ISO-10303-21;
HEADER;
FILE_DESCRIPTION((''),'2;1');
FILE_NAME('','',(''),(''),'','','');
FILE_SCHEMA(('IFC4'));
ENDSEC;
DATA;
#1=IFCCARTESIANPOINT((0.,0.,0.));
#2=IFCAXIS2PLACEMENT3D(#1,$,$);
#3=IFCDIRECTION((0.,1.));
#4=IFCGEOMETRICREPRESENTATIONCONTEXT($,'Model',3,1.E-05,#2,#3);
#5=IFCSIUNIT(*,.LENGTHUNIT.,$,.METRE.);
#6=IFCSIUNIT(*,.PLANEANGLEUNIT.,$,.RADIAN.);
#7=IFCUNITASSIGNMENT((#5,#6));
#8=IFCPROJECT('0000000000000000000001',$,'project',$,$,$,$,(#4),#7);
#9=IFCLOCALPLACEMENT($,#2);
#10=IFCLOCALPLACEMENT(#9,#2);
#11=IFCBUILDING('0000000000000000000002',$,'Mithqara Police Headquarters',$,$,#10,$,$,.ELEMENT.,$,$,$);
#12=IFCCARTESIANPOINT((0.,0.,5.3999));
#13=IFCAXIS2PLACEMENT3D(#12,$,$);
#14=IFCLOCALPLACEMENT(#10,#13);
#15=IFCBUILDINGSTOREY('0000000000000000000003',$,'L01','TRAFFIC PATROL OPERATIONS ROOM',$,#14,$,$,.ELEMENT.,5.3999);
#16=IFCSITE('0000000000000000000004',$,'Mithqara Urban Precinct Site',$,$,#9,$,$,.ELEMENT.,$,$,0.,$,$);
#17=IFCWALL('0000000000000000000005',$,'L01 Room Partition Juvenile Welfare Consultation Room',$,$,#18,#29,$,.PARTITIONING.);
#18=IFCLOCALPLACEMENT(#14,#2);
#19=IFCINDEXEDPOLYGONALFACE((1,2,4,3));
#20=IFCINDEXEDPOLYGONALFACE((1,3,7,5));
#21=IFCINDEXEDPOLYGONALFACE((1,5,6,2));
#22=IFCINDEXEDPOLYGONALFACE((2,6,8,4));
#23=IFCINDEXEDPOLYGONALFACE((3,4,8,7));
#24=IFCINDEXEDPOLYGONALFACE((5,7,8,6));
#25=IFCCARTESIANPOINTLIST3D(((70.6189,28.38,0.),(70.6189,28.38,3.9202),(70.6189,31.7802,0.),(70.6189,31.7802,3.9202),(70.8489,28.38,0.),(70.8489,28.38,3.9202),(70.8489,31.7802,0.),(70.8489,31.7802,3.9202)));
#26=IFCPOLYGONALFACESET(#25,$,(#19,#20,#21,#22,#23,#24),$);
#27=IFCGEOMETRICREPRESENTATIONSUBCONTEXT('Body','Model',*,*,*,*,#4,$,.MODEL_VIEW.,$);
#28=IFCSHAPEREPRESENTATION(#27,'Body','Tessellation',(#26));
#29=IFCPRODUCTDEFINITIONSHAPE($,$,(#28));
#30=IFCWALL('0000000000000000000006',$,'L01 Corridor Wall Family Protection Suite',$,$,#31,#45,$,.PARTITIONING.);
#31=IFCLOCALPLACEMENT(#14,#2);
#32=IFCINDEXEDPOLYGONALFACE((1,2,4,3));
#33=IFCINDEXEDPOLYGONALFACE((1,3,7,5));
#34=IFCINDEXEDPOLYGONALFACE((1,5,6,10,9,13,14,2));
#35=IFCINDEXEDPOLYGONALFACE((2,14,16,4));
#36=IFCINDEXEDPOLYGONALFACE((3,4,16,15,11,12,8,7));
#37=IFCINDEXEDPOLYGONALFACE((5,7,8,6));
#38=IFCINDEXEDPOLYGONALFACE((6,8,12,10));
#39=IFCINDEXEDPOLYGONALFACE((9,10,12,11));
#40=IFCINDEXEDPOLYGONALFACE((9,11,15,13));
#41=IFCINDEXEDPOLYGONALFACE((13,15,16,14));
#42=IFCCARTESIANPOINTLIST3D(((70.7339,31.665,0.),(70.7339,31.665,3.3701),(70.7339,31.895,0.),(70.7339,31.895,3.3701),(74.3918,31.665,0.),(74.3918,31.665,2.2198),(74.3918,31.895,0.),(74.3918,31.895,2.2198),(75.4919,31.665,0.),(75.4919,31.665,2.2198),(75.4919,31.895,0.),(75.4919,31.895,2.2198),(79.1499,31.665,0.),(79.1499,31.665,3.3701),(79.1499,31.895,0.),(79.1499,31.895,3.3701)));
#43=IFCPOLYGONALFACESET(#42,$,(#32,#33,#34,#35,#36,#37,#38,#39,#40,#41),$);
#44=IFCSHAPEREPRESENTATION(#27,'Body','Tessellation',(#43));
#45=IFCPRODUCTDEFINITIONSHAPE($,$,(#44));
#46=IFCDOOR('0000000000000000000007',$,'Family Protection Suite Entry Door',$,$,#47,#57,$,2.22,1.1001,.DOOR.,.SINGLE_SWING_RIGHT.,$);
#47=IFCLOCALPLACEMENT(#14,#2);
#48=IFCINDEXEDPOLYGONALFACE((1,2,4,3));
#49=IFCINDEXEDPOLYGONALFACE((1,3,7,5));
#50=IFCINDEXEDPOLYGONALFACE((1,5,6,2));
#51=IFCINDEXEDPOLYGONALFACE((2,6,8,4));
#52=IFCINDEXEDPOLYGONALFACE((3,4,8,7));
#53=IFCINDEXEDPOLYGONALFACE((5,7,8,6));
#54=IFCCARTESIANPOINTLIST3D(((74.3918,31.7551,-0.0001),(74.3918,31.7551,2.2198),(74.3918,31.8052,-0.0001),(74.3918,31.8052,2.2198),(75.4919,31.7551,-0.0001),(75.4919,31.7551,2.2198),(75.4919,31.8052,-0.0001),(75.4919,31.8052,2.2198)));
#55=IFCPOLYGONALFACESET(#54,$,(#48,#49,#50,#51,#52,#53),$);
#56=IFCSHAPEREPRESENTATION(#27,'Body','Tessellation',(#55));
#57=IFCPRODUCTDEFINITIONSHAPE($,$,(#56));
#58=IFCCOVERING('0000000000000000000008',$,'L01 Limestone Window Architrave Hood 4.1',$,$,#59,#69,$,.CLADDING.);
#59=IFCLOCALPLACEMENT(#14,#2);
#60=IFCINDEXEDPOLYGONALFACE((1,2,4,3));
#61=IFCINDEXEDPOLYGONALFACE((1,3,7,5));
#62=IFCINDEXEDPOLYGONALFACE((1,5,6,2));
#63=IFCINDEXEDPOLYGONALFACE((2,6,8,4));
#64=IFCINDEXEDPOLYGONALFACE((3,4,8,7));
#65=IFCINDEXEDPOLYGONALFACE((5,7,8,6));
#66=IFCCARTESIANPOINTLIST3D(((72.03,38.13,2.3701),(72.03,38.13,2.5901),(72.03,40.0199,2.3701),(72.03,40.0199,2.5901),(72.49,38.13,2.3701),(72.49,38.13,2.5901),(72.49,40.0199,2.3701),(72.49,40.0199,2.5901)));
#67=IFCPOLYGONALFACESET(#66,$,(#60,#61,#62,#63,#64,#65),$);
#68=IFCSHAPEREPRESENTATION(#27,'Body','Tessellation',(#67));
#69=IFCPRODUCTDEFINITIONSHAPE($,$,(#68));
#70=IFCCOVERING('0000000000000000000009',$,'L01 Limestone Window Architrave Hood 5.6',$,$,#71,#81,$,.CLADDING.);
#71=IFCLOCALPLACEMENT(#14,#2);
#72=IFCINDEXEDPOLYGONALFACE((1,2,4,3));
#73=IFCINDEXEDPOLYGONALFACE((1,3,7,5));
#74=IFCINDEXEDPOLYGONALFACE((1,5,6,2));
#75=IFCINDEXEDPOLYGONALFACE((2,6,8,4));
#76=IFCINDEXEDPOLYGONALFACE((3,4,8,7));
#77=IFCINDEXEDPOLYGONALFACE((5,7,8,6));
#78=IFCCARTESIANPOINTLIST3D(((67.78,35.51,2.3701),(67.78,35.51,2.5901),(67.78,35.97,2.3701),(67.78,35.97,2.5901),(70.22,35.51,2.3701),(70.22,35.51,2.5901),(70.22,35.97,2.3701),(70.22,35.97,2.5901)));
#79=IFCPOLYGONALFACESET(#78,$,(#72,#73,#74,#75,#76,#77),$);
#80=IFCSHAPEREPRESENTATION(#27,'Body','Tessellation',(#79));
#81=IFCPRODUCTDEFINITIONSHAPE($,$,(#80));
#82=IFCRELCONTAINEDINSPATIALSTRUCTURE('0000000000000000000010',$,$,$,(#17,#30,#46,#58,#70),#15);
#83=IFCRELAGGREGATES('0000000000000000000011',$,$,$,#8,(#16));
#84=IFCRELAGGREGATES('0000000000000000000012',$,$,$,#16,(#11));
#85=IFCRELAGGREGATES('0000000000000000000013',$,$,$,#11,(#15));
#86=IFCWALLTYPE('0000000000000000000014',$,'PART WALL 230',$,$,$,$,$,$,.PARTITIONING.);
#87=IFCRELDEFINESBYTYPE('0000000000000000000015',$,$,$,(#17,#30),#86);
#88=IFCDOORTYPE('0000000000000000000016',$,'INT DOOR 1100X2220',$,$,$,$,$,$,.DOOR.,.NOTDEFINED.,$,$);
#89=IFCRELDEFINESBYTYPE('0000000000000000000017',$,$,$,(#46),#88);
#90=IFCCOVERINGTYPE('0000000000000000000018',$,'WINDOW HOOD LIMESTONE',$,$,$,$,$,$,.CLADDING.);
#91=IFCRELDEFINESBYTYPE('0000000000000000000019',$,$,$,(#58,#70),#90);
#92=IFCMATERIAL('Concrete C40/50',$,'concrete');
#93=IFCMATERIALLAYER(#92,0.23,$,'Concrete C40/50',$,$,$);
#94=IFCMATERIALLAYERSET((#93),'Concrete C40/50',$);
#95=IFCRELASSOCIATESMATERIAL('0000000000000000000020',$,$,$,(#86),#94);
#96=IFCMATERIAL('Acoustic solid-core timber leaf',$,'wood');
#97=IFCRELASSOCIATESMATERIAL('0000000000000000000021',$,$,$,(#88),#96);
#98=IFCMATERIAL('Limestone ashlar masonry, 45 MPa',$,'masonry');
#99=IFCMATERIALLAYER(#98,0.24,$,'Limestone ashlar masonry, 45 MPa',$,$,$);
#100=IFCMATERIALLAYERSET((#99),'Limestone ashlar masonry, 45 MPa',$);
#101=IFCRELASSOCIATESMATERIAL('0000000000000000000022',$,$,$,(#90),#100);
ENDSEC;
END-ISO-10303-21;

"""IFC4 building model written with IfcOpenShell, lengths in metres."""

from ifc_helpers import new_model, si_unit, direction, frame, frame_2d, origin, origin_2d, place, context, subcontext, project, spatial, rectangle, extrude, material, layer, layer_set, type_object, element, fill, save


model = new_model("IFC4")

# Units and contexts
model_context = context("Model", 3, precision=1e-05, world=origin(), true_north=direction((0.0, 1.0)))
body_context = subcontext(model_context, "Body", "Model", "MODEL_VIEW")
ifc_project = project(units=[si_unit("LENGTHUNIT", "METRE"), si_unit("PLANEANGLEUNIT", "RADIAN")], contexts=[model_context])

# Site, building, storey
site_placement = place(None, origin())
site = spatial("IfcSite", under=ifc_project, at=site_placement, Name="Mithqara Urban Precinct Site", CompositionType="ELEMENT", RefElevation=0.0)
building_placement = place(site_placement, origin())
building = spatial("IfcBuilding", under=site, at=building_placement, Name="Mithqara Police Headquarters", CompositionType="ELEMENT")
storey_placement = place(building_placement, frame((0.0, 0.0, 5.3999)))
storey = spatial("IfcBuildingStorey", under=building, at=storey_placement, Name="L01", Description="TRAFFIC PATROL OPERATIONS ROOM", CompositionType="ELEMENT", Elevation=5.3999)

# Shared definitions
ifc_material_1 = material(Name="Concrete C40/50", Category="concrete")

# Wall
ifc_layer_1 = layer(ifc_material_1, 0.23, Name="Concrete C40/50")
ifc_layer_set_1 = layer_set([ifc_layer_1], Name="Concrete C40/50")
wall_type = type_object("IfcWallType", Name="PART WALL 230", PredefinedType="PARTITIONING", material=ifc_layer_set_1)
wall_1_placement = place(storey_placement, frame((70.7339, 28.3799, 0.0), z_axis=(0.0, 0.0, 1.0), x_axis=(0.0, 1.0, 0.0)))
element("IfcWall", 1, at=wall_1_placement, inside=storey, type_object=wall_type, Name="L01 Room Partition Juvenile Welfare Consultation Room", PredefinedType="PARTITIONING", context=body_context, shape_type="SweptSolid", body=[
    extrude(rectangle(XDim=3.4001, YDim=0.23, at=frame_2d((1.7002, 0.0))), origin(), (0.0, 0.0, 1.0), 3.9202),
])

# Wall, opening, door
wall_2_placement = place(storey_placement, frame((70.7339, 31.78, 0.0), z_axis=(0.0, 0.0, 1.0), x_axis=(1.0, 0.0, 0.0)))
wall_2 = element("IfcWall", 2, at=wall_2_placement, inside=storey, type_object=wall_type, Name="L01 Corridor Wall Family Protection Suite", PredefinedType="PARTITIONING", context=body_context, shape_type="SweptSolid", body=[
    extrude(rectangle(XDim=8.416, YDim=0.23, at=frame_2d((4.208, 0.0))), origin(), (0.0, 0.0, 1.0), 3.3701),
])
opening_placement = place(wall_2_placement, frame((3.658, 0.0, 0.0)))
opening = element("IfcOpeningElement", 3, at=opening_placement, cuts=wall_2, PredefinedType="OPENING", context=body_context, shape_type="SweptSolid", body=[
    extrude(rectangle(XDim=1.1001, YDim=2.22, at=frame_2d((0.55, 1.1099))), frame((0.0, 0.125, 0.0), z_axis=(0.0, -1.0, 0.0), x_axis=(1.0, 0.0, 0.0)), (0.0, 0.0, 1.0), 0.25),
])
ifc_material_2 = material(Name="Acoustic solid-core timber leaf", Category="wood")
door_type = type_object("IfcDoorType", Name="INT DOOR 1100X2220", OperationType="NOTDEFINED", PredefinedType="DOOR", material=ifc_material_2)
door_placement = place(opening_placement, frame((1.1001, 0.0, 0.0), z_axis=(0.0, 0.0, 1.0), x_axis=(-1.0, 0.0, 0.0)))
door = element("IfcDoor", 4, at=door_placement, inside=storey, type_object=door_type, Name="Family Protection Suite Entry Door", OperationType="SINGLE_SWING_RIGHT", OverallHeight=2.22, OverallWidth=1.1001, PredefinedType="DOOR", context=body_context, shape_type="SweptSolid", body=[
    extrude(rectangle(XDim=1.1001, YDim=2.22, at=frame_2d((0.55, 1.1099))), frame((0.0, 0.0249, 0.0), z_axis=(0.0, -1.0, 0.0), x_axis=(1.0, 0.0, 0.0)), (0.0, 0.0, 1.0), 0.05),
])
fill(opening, door)

# Coverings
ifc_material_3 = material(Name="Limestone ashlar masonry, 45 MPa", Category="masonry")
ifc_layer_2 = layer(ifc_material_3, 0.24, Name="Limestone ashlar masonry, 45 MPa")
ifc_layer_set_2 = layer_set([ifc_layer_2], Name="Limestone ashlar masonry, 45 MPa")
covering_type = type_object("IfcCoveringType", Name="WINDOW HOOD LIMESTONE", PredefinedType="CLADDING", material=ifc_layer_set_2)
covering_1_placement = place(storey_placement, frame((72.26, 39.075, 2.3701), z_axis=(0.0, 0.0, 1.0), x_axis=(0.0, 1.0, 0.0)))
element("IfcCovering", 5, at=covering_1_placement, inside=storey, type_object=covering_type, Name="L01 Limestone Window Architrave Hood 4.1", PredefinedType="CLADDING", context=body_context, shape_type="SweptSolid", body=[
    extrude(rectangle(XDim=1.8899, YDim=0.46, at=origin_2d()), origin(), (0.0, 0.0, 1.0), 0.22),
])
covering_2_placement = place(storey_placement, frame((69.0, 35.74, 2.3701), z_axis=(0.0, 0.0, 1.0), x_axis=(1.0, 0.0, 0.0)))
element("IfcCovering", 6, at=covering_2_placement, inside=storey, type_object=covering_type, Name="L01 Limestone Window Architrave Hood 5.6", PredefinedType="CLADDING", context=body_context, shape_type="SweptSolid", body=[
    extrude(rectangle(XDim=2.4399, YDim=0.46, at=origin_2d()), origin(), (0.0, 0.0, 1.0), 0.22),
])

save(model, "model.ifc")
